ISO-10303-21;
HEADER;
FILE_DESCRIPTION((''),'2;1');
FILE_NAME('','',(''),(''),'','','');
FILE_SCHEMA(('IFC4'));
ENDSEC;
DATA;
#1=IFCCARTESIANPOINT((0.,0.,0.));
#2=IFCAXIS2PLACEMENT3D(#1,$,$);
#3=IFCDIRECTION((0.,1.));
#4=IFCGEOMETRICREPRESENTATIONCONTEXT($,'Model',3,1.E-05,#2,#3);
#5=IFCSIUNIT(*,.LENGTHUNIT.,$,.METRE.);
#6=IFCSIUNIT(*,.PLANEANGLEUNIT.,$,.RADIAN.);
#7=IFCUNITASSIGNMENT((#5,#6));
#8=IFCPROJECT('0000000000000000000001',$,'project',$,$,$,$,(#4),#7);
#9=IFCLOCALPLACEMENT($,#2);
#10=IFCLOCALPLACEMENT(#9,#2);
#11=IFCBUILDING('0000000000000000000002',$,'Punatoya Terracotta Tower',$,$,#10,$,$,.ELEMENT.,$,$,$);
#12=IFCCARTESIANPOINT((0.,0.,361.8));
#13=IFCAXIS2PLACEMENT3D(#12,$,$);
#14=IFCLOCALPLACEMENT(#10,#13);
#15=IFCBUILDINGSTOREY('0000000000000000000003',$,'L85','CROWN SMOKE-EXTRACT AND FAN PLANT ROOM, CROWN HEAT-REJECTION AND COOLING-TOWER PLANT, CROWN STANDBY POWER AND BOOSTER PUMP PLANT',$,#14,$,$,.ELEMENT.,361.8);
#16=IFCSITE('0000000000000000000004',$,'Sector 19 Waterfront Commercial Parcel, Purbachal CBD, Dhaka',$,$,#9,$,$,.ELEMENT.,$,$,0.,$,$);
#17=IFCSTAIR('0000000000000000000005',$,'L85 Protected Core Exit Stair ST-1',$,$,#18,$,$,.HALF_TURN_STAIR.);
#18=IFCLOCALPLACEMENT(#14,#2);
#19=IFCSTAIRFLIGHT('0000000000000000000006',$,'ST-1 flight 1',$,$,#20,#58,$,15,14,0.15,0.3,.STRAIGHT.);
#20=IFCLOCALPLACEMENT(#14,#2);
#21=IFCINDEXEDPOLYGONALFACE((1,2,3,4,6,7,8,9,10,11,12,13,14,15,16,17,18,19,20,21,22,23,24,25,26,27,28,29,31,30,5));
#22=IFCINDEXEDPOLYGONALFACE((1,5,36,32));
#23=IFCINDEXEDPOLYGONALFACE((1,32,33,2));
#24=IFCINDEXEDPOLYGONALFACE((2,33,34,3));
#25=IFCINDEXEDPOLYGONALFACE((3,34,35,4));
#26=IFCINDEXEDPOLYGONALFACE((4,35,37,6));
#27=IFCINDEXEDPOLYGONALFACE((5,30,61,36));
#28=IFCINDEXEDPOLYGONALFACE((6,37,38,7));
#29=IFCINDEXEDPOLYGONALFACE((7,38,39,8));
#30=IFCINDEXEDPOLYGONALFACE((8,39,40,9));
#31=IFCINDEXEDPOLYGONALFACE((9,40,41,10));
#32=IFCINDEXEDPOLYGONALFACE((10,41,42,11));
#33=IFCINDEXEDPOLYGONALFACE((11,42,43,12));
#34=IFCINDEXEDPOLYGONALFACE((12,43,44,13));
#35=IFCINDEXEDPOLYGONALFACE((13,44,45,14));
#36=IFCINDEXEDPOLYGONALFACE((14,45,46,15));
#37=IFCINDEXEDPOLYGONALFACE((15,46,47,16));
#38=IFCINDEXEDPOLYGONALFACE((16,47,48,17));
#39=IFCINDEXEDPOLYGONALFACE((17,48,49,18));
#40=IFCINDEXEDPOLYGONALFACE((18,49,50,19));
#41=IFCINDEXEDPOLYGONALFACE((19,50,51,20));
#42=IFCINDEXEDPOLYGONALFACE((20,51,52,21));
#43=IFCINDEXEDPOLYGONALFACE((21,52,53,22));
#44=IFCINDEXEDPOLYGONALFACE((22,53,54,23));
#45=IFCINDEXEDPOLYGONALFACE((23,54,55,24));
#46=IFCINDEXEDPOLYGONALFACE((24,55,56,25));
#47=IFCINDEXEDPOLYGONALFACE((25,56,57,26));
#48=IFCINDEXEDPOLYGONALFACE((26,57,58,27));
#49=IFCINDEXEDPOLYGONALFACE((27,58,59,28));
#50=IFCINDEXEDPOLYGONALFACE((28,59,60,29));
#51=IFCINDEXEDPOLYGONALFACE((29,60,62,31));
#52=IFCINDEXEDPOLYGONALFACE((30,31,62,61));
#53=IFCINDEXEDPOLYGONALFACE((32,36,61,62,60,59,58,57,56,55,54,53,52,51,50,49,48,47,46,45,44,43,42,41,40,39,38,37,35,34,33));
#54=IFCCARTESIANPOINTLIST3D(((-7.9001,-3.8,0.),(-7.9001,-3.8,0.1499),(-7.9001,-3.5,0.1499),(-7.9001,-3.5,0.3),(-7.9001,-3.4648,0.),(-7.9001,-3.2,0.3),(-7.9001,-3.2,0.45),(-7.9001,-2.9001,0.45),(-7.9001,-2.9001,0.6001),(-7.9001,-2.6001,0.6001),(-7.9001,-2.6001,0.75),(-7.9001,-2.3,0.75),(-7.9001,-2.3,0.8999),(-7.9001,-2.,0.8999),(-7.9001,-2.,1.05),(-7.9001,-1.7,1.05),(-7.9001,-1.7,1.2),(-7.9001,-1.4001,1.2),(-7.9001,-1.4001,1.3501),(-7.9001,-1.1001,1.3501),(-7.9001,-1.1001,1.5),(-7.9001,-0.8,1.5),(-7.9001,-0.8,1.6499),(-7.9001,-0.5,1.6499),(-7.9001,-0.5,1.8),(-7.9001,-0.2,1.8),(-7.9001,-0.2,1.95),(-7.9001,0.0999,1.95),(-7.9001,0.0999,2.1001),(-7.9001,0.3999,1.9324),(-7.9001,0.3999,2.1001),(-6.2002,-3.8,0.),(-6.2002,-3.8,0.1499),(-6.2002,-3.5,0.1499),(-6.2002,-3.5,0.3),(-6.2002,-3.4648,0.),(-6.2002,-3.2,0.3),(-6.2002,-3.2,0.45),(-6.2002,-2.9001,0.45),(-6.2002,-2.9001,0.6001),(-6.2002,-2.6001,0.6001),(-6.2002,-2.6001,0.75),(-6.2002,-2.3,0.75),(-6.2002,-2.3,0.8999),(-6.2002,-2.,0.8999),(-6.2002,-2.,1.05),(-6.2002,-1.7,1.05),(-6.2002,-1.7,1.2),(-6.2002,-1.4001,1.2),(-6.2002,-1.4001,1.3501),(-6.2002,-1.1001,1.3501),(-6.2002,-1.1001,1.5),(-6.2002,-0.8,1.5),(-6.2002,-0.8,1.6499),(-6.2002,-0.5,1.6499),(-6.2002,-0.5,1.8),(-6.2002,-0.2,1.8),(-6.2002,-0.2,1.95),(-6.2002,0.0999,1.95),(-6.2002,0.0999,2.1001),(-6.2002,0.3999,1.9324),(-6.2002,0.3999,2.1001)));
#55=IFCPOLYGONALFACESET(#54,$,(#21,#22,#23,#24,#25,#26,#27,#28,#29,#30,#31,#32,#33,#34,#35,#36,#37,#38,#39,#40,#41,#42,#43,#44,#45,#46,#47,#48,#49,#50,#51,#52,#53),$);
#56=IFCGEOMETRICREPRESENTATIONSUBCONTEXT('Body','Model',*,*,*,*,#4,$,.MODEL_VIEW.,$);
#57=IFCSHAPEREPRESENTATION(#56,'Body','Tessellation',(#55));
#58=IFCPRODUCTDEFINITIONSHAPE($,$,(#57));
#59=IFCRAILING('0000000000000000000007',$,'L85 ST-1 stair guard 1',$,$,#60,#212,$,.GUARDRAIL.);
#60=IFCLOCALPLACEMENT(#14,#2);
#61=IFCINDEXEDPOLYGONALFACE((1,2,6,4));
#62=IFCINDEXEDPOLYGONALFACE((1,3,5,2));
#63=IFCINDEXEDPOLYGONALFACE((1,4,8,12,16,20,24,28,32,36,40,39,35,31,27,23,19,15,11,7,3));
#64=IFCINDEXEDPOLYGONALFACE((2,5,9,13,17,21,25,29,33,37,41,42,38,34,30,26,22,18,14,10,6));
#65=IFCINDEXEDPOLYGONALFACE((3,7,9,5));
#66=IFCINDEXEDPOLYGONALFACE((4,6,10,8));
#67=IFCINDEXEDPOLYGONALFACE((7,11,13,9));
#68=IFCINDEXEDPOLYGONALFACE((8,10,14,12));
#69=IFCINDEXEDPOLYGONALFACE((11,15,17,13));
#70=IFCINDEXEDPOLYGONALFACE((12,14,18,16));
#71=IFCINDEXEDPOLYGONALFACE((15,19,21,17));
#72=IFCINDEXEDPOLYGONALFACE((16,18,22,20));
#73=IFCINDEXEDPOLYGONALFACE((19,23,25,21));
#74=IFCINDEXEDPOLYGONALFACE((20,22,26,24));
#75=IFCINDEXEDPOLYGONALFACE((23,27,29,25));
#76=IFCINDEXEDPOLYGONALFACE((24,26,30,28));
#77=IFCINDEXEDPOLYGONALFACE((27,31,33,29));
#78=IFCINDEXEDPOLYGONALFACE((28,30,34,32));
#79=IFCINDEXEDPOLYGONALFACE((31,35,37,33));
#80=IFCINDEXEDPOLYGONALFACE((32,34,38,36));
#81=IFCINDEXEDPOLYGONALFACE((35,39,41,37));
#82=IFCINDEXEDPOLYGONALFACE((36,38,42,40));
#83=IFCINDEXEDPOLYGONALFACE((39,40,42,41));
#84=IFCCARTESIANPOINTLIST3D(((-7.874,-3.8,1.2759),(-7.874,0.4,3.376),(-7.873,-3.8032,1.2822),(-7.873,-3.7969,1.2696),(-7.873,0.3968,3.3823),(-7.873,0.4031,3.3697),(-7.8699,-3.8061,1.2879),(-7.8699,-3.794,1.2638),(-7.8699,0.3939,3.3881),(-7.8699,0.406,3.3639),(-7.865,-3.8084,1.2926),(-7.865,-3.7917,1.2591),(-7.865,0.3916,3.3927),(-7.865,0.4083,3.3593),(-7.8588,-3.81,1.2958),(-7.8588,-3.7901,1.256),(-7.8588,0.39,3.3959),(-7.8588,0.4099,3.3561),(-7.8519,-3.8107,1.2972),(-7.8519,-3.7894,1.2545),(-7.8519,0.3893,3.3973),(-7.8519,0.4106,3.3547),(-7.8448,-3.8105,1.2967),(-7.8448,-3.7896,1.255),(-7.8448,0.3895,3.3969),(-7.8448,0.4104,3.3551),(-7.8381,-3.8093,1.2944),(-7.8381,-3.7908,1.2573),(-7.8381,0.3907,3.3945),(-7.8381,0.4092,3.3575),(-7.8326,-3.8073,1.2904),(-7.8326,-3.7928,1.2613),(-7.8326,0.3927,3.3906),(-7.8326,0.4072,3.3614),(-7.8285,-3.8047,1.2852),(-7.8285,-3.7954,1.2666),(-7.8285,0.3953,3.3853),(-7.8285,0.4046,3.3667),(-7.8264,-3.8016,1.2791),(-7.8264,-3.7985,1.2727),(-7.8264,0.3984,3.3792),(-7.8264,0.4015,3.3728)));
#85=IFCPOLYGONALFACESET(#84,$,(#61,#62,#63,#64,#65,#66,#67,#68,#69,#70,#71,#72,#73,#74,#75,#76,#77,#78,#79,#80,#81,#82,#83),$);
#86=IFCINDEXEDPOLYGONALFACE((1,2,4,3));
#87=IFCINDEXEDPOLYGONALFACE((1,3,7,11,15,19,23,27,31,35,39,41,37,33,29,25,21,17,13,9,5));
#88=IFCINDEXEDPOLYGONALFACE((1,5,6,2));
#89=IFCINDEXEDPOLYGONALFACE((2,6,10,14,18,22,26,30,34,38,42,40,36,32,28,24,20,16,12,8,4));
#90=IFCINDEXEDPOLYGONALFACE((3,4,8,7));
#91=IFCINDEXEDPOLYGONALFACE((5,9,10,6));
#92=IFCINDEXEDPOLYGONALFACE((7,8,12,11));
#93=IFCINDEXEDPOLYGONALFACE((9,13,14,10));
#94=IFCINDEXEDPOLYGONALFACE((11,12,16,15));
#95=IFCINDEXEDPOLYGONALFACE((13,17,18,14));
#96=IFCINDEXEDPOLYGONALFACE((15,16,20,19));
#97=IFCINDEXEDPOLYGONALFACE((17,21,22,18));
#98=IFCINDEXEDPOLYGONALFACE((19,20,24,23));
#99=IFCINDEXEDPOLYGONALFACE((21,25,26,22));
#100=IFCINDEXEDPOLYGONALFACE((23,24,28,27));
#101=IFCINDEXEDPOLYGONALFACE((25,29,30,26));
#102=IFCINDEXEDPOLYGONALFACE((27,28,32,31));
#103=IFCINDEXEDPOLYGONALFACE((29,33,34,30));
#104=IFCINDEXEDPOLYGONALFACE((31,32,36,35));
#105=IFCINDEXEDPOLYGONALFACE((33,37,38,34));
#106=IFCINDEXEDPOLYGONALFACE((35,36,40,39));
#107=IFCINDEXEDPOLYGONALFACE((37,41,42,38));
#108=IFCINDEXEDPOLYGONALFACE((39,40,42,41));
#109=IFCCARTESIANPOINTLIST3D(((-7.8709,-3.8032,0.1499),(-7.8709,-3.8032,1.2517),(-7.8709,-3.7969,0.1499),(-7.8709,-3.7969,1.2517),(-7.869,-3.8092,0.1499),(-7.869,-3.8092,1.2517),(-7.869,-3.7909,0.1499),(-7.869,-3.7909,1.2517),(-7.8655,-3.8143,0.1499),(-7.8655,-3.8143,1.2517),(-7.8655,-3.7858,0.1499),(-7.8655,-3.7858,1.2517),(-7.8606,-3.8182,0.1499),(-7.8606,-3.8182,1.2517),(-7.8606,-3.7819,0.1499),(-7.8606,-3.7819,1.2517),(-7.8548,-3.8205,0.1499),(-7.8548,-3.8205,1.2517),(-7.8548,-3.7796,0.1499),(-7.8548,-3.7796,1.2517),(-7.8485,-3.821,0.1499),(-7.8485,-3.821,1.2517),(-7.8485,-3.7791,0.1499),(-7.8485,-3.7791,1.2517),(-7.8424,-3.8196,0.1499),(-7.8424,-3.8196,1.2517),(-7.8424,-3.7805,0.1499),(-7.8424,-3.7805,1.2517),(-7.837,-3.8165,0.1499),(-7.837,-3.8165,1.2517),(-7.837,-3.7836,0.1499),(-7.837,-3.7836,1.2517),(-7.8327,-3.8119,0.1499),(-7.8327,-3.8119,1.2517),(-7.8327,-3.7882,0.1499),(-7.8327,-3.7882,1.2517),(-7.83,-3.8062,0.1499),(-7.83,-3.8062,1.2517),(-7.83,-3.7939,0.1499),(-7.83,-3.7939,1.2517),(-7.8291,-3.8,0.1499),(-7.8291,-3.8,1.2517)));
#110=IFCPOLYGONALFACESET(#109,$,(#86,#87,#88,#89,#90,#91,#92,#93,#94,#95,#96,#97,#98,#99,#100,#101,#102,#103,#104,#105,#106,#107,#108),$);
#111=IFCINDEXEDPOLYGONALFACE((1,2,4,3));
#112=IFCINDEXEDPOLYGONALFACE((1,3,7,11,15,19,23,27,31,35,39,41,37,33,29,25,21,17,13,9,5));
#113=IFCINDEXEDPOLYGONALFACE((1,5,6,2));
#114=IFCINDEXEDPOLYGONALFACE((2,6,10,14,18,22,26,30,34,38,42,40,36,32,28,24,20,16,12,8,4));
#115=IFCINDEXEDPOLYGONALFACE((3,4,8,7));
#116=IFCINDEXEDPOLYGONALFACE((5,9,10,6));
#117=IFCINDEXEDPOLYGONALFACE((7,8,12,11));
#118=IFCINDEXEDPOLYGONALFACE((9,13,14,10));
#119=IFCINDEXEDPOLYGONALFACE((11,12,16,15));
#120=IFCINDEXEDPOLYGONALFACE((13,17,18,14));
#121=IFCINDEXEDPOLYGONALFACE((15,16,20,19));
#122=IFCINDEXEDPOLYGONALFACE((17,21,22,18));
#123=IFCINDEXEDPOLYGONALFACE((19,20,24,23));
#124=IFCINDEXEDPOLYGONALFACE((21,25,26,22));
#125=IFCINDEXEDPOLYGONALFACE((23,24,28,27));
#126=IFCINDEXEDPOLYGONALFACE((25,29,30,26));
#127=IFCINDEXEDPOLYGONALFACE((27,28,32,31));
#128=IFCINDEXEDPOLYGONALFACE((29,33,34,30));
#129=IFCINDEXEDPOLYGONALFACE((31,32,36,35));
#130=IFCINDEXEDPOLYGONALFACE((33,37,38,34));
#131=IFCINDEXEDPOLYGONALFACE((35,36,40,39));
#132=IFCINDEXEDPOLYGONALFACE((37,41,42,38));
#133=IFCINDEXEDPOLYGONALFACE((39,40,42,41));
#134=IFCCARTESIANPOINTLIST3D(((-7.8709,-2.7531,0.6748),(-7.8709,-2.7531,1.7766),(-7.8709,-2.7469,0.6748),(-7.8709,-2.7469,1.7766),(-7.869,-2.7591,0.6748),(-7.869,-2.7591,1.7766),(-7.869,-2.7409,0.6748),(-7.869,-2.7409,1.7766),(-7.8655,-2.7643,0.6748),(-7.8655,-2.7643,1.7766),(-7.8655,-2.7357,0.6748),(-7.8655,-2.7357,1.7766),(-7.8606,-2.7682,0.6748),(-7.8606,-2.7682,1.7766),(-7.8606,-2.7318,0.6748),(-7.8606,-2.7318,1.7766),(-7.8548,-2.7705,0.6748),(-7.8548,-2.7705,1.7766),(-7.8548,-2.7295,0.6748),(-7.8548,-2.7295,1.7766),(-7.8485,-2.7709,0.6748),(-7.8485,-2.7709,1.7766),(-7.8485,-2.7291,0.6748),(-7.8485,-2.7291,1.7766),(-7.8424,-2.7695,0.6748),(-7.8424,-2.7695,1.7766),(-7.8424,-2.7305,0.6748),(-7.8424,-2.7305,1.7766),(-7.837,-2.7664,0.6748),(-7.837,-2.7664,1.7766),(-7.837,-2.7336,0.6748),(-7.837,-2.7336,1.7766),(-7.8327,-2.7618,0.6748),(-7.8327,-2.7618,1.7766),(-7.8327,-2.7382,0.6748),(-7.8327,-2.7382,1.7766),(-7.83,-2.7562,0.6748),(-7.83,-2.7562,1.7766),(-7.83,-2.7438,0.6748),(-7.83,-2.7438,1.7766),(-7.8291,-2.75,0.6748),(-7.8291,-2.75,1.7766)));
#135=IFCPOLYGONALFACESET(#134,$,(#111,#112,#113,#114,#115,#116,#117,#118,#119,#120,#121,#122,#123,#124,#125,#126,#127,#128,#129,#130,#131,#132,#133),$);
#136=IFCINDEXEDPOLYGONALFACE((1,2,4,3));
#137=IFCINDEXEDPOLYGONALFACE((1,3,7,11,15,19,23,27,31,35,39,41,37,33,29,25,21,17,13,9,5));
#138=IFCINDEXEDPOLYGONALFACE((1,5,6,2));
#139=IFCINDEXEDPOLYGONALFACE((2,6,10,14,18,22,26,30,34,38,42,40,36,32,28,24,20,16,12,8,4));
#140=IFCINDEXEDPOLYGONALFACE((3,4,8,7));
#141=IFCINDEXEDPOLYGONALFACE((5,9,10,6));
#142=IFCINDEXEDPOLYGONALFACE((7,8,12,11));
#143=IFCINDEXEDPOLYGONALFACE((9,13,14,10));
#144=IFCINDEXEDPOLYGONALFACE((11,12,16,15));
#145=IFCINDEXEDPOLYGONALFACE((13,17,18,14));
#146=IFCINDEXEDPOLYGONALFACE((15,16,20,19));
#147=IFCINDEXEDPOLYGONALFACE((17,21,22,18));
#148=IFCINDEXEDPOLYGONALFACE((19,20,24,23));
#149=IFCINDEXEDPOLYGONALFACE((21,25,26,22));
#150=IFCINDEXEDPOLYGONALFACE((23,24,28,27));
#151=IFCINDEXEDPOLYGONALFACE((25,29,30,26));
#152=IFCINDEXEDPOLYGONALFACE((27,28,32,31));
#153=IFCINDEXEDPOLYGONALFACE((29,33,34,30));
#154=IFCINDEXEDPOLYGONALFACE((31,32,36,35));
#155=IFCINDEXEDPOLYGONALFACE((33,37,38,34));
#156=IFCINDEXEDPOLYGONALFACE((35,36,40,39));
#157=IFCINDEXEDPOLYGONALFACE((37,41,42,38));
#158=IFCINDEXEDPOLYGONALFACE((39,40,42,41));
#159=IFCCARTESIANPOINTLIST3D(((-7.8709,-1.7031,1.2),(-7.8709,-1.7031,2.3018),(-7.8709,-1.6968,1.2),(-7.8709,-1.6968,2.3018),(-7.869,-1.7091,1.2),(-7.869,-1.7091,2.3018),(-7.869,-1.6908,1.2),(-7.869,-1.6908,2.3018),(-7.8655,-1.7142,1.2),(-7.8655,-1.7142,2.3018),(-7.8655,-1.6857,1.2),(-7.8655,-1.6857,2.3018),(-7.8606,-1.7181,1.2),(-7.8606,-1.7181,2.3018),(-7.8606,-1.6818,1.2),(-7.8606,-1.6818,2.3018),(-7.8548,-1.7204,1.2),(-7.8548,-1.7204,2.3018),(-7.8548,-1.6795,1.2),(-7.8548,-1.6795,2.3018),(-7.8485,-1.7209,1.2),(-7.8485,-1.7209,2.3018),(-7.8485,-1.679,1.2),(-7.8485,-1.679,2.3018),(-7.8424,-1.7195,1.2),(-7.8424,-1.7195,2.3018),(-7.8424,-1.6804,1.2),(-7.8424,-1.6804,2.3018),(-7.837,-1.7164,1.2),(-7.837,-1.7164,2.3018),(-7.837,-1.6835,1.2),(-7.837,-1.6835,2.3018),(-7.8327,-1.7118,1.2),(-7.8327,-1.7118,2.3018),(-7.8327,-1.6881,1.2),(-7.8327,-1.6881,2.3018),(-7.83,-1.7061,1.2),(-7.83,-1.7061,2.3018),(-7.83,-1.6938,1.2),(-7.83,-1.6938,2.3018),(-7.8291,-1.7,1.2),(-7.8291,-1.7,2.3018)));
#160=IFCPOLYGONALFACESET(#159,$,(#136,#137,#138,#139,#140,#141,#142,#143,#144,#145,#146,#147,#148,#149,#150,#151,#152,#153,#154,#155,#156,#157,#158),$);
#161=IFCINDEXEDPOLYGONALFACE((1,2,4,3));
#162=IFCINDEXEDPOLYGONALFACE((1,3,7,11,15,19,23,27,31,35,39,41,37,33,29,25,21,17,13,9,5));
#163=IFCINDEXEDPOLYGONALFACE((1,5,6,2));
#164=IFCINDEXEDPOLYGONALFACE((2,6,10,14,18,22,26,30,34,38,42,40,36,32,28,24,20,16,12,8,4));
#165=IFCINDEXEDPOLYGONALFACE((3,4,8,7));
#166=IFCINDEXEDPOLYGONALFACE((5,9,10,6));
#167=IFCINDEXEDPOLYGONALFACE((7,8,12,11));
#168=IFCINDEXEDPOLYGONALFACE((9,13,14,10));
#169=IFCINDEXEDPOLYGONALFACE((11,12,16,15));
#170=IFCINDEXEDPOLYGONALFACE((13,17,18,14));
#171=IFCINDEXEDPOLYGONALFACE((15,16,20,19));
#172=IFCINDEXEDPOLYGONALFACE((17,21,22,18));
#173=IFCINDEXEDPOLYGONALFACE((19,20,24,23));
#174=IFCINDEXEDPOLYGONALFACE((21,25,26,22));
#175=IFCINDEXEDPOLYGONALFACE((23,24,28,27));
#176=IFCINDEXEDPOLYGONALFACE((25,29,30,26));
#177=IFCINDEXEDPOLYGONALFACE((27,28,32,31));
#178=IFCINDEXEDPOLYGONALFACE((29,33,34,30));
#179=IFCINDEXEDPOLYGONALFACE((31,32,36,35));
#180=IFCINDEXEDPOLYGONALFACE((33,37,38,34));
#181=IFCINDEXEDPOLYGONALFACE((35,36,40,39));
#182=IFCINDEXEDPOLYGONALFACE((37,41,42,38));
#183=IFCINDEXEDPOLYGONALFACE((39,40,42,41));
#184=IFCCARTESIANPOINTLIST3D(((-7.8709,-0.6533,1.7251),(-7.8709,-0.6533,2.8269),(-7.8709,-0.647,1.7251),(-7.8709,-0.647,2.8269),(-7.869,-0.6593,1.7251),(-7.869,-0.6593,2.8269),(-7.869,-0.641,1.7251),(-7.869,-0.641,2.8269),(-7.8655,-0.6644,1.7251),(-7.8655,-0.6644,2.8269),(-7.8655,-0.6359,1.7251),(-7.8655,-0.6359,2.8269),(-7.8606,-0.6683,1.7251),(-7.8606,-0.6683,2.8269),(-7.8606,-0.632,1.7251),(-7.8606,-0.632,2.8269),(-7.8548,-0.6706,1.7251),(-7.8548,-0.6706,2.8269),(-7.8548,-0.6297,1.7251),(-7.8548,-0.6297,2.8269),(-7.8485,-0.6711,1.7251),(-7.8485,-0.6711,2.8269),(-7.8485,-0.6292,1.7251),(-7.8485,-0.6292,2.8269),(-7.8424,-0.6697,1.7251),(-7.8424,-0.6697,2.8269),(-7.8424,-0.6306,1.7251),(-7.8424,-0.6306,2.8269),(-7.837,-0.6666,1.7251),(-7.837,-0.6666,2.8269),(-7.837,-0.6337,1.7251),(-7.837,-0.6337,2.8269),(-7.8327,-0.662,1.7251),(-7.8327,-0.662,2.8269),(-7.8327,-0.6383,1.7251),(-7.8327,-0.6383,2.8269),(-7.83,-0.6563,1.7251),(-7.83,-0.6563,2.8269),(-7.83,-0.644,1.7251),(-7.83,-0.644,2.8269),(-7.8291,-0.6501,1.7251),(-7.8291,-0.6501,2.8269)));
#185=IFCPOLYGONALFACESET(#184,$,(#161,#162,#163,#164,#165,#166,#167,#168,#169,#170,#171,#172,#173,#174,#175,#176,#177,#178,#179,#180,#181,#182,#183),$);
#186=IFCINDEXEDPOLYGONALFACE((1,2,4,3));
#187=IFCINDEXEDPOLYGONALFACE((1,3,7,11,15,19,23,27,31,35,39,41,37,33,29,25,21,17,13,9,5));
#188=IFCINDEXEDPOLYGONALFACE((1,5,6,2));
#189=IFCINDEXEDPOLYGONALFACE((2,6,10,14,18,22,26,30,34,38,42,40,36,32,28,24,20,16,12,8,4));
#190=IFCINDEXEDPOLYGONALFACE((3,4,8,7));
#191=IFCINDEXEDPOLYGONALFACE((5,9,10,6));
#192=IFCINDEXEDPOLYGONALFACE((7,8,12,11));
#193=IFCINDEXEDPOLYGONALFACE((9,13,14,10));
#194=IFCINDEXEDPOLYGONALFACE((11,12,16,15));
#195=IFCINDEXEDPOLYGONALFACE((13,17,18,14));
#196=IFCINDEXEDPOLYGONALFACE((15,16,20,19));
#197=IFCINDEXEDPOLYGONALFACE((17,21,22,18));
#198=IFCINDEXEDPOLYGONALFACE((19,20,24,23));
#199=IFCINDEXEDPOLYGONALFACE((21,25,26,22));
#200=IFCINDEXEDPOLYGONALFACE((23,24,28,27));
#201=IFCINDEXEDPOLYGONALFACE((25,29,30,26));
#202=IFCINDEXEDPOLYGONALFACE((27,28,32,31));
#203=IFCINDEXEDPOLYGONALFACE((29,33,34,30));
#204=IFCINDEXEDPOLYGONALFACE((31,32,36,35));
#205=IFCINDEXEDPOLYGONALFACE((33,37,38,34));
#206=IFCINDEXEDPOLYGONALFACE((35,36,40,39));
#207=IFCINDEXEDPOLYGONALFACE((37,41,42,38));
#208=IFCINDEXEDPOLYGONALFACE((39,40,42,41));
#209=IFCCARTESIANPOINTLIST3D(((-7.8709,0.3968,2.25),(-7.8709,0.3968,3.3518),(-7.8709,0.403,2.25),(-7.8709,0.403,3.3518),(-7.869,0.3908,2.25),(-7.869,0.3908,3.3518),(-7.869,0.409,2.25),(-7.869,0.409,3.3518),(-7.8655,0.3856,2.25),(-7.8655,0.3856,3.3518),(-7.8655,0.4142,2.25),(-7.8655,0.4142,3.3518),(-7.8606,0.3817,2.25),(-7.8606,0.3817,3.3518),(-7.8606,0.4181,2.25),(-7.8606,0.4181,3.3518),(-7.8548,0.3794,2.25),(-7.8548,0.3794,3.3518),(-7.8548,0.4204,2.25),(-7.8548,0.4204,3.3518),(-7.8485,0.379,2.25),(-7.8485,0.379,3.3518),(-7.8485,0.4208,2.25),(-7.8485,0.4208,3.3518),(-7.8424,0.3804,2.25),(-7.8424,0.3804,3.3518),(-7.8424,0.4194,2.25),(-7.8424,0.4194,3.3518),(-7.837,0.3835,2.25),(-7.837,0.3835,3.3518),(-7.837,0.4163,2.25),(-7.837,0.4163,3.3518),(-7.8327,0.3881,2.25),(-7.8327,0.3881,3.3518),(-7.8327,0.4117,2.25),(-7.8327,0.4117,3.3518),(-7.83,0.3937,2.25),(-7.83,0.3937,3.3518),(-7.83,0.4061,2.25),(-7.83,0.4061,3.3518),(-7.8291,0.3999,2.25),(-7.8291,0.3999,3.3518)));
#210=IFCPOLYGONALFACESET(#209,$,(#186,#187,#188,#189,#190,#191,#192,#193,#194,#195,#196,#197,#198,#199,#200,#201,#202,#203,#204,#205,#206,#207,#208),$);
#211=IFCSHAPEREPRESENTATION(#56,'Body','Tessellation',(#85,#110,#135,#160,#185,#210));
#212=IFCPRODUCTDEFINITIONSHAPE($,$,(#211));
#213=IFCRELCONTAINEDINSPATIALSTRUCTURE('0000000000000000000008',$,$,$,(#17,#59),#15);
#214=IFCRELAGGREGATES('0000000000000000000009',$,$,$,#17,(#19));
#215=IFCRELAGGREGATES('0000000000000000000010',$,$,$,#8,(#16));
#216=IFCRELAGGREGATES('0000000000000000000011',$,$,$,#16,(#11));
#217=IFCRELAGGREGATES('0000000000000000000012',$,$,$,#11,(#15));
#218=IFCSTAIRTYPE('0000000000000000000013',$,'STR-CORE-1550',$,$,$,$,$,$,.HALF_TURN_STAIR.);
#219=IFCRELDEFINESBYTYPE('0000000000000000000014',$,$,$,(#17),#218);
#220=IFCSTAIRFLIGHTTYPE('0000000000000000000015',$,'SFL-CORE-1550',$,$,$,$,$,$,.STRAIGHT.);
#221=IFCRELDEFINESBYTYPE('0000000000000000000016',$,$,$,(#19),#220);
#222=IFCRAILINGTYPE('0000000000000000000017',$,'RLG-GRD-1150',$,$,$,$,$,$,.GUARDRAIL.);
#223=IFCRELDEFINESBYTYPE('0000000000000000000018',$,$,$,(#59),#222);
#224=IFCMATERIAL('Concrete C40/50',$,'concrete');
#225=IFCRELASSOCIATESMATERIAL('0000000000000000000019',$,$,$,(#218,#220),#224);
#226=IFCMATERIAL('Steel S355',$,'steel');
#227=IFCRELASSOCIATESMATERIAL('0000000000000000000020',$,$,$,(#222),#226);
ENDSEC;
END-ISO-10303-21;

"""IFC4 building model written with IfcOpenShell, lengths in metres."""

from ifc_helpers import new_model, si_unit, direction, frame, origin, origin_2d, place, context, subcontext, project, spatial, polyline, circle, outline, extrude, material, type_object, element, aggregate, save


model = new_model("IFC4")

# Units and contexts
model_context = context("Model", 3, precision=1e-05, world=origin(), true_north=direction((0.0, 1.0)))
body_context = subcontext(model_context, "Body", "Model", "MODEL_VIEW")
ifc_project = project(units=[si_unit("LENGTHUNIT", "METRE"), si_unit("PLANEANGLEUNIT", "RADIAN")], contexts=[model_context])

# Site, building, storey
site_placement = place(None, origin())
site = spatial("IfcSite", under=ifc_project, at=site_placement, Name="Sector 19 Waterfront Commercial Parcel, Purbachal CBD, Dhaka", CompositionType="ELEMENT", RefElevation=0.0)
building_placement = place(site_placement, origin())
building = spatial("IfcBuilding", under=site, at=building_placement, Name="Punatoya Terracotta Tower", CompositionType="ELEMENT")
storey_placement = place(building_placement, frame((0.0, 0.0, 361.8)))
storey = spatial("IfcBuildingStorey", under=building, at=storey_placement, Name="L85", Description="CROWN SMOKE-EXTRACT AND FAN PLANT ROOM, CROWN HEAT-REJECTION AND COOLING-TOWER PLANT, CROWN STANDBY POWER AND BOOSTER PUMP PLANT", CompositionType="ELEMENT", Elevation=361.8)

# Shared definitions
ifc_material_1 = material(Name="Steel S355", Category="steel")

# Shared definitions
ifc_material_2 = material(Name="Concrete C40/50", Category="concrete")

# Stair, stair flight
stair_type = type_object("IfcStairType", Name="STR-CORE-1550", PredefinedType="HALF_TURN_STAIR", material=ifc_material_2)
stair_placement = place(storey_placement, origin())
stair = element("IfcStair", 1, at=stair_placement, inside=storey, type_object=stair_type, Name="L85 Protected Core Exit Stair ST-1", PredefinedType="HALF_TURN_STAIR")
stair_flight_type = type_object("IfcStairFlightType", Name="SFL-CORE-1550", PredefinedType="STRAIGHT", material=ifc_material_2)
stair_flight_placement = place(storey_placement, frame((-7.05, -3.8, 0.0), z_axis=(0.0, 0.0, 1.0), x_axis=(0.0, 1.0, 0.0)))
stair_flight = element("IfcStairFlight", 2, at=stair_flight_placement, type_object=stair_flight_type, Name="ST-1 flight 1", NumberOfRisers=15, NumberOfTreads=14, PredefinedType="STRAIGHT", RiserHeight=0.15, TreadLength=0.3, context=body_context, shape_type="SweptSolid", body=[
    extrude(outline(polyline([(0.0, 0.0), (0.0, 0.1499), (0.3, 0.1499), (0.3, 0.3), (0.6001, 0.3), (0.6001, 0.45), (0.8999, 0.45), (0.8999, 0.6001), (1.2, 0.6001), (1.2, 0.75), (1.5, 0.75), (1.5, 0.8999), (1.8, 0.8999), (1.8, 1.05), (2.1001, 1.05), (2.1001, 1.2), (2.3999, 1.2), (2.3999, 1.3501), (2.7, 1.3501), (2.7, 1.5), (3.0, 1.5), (3.0, 1.6499), (3.3, 1.6499), (3.3, 1.8), (3.6001, 1.8), (3.6001, 1.95), (3.8999, 1.95), (3.8999, 2.1001), (4.2, 2.1001), (4.2, 2.25), (4.2, 1.9324), (0.3352, 0.0), (0.0, 0.0)])), frame((0.0, 0.8501, 0.0), z_axis=(0.0, -1.0, 0.0), x_axis=(1.0, 0.0, 0.0)), (0.0, 0.0, 1.0), 1.7),
])
aggregate(stair, [stair_flight])

# Railing
railing_type_1 = type_object("IfcRailingType", Name="RLG-GRD-1150", PredefinedType="GUARDRAIL", material=ifc_material_1)
railing_1_placement = place(storey_placement, frame((-7.8501, -3.8, 0.1499)))
element("IfcRailing", 3, at=railing_1_placement, inside=storey, type_object=railing_type_1, Name="L85 ST-1 stair guard 1", PredefinedType="GUARDRAIL", context=body_context, shape_type="SweptSolid", body=[
    extrude(circle(Radius=0.0239, at=origin_2d()), frame((0.0, 0.0, 1.126), z_axis=(0.0, 0.894417, 0.447234), x_axis=(-1.0, 0.0, 0.0)), (0.0, 0.0, 1.0), 4.6958),
    extrude(circle(Radius=0.021, at=origin_2d()), origin(), (0.0, 0.0, 1.0), 1.1018),
    extrude(circle(Radius=0.021, at=origin_2d()), frame((0.0, 1.05, 0.5249)), (0.0, 0.0, 1.0), 1.1018),
    extrude(circle(Radius=0.021, at=origin_2d()), frame((0.0, 2.1001, 1.05)), (0.0, 0.0, 1.0), 1.1018),
    extrude(circle(Radius=0.021, at=origin_2d()), frame((0.0, 3.1499, 1.5752)), (0.0, 0.0, 1.0), 1.1018),
    extrude(circle(Radius=0.021, at=origin_2d()), frame((0.0, 4.2, 2.1001)), (0.0, 0.0, 1.0), 1.1018),
])

save(model, "model.ifc")
